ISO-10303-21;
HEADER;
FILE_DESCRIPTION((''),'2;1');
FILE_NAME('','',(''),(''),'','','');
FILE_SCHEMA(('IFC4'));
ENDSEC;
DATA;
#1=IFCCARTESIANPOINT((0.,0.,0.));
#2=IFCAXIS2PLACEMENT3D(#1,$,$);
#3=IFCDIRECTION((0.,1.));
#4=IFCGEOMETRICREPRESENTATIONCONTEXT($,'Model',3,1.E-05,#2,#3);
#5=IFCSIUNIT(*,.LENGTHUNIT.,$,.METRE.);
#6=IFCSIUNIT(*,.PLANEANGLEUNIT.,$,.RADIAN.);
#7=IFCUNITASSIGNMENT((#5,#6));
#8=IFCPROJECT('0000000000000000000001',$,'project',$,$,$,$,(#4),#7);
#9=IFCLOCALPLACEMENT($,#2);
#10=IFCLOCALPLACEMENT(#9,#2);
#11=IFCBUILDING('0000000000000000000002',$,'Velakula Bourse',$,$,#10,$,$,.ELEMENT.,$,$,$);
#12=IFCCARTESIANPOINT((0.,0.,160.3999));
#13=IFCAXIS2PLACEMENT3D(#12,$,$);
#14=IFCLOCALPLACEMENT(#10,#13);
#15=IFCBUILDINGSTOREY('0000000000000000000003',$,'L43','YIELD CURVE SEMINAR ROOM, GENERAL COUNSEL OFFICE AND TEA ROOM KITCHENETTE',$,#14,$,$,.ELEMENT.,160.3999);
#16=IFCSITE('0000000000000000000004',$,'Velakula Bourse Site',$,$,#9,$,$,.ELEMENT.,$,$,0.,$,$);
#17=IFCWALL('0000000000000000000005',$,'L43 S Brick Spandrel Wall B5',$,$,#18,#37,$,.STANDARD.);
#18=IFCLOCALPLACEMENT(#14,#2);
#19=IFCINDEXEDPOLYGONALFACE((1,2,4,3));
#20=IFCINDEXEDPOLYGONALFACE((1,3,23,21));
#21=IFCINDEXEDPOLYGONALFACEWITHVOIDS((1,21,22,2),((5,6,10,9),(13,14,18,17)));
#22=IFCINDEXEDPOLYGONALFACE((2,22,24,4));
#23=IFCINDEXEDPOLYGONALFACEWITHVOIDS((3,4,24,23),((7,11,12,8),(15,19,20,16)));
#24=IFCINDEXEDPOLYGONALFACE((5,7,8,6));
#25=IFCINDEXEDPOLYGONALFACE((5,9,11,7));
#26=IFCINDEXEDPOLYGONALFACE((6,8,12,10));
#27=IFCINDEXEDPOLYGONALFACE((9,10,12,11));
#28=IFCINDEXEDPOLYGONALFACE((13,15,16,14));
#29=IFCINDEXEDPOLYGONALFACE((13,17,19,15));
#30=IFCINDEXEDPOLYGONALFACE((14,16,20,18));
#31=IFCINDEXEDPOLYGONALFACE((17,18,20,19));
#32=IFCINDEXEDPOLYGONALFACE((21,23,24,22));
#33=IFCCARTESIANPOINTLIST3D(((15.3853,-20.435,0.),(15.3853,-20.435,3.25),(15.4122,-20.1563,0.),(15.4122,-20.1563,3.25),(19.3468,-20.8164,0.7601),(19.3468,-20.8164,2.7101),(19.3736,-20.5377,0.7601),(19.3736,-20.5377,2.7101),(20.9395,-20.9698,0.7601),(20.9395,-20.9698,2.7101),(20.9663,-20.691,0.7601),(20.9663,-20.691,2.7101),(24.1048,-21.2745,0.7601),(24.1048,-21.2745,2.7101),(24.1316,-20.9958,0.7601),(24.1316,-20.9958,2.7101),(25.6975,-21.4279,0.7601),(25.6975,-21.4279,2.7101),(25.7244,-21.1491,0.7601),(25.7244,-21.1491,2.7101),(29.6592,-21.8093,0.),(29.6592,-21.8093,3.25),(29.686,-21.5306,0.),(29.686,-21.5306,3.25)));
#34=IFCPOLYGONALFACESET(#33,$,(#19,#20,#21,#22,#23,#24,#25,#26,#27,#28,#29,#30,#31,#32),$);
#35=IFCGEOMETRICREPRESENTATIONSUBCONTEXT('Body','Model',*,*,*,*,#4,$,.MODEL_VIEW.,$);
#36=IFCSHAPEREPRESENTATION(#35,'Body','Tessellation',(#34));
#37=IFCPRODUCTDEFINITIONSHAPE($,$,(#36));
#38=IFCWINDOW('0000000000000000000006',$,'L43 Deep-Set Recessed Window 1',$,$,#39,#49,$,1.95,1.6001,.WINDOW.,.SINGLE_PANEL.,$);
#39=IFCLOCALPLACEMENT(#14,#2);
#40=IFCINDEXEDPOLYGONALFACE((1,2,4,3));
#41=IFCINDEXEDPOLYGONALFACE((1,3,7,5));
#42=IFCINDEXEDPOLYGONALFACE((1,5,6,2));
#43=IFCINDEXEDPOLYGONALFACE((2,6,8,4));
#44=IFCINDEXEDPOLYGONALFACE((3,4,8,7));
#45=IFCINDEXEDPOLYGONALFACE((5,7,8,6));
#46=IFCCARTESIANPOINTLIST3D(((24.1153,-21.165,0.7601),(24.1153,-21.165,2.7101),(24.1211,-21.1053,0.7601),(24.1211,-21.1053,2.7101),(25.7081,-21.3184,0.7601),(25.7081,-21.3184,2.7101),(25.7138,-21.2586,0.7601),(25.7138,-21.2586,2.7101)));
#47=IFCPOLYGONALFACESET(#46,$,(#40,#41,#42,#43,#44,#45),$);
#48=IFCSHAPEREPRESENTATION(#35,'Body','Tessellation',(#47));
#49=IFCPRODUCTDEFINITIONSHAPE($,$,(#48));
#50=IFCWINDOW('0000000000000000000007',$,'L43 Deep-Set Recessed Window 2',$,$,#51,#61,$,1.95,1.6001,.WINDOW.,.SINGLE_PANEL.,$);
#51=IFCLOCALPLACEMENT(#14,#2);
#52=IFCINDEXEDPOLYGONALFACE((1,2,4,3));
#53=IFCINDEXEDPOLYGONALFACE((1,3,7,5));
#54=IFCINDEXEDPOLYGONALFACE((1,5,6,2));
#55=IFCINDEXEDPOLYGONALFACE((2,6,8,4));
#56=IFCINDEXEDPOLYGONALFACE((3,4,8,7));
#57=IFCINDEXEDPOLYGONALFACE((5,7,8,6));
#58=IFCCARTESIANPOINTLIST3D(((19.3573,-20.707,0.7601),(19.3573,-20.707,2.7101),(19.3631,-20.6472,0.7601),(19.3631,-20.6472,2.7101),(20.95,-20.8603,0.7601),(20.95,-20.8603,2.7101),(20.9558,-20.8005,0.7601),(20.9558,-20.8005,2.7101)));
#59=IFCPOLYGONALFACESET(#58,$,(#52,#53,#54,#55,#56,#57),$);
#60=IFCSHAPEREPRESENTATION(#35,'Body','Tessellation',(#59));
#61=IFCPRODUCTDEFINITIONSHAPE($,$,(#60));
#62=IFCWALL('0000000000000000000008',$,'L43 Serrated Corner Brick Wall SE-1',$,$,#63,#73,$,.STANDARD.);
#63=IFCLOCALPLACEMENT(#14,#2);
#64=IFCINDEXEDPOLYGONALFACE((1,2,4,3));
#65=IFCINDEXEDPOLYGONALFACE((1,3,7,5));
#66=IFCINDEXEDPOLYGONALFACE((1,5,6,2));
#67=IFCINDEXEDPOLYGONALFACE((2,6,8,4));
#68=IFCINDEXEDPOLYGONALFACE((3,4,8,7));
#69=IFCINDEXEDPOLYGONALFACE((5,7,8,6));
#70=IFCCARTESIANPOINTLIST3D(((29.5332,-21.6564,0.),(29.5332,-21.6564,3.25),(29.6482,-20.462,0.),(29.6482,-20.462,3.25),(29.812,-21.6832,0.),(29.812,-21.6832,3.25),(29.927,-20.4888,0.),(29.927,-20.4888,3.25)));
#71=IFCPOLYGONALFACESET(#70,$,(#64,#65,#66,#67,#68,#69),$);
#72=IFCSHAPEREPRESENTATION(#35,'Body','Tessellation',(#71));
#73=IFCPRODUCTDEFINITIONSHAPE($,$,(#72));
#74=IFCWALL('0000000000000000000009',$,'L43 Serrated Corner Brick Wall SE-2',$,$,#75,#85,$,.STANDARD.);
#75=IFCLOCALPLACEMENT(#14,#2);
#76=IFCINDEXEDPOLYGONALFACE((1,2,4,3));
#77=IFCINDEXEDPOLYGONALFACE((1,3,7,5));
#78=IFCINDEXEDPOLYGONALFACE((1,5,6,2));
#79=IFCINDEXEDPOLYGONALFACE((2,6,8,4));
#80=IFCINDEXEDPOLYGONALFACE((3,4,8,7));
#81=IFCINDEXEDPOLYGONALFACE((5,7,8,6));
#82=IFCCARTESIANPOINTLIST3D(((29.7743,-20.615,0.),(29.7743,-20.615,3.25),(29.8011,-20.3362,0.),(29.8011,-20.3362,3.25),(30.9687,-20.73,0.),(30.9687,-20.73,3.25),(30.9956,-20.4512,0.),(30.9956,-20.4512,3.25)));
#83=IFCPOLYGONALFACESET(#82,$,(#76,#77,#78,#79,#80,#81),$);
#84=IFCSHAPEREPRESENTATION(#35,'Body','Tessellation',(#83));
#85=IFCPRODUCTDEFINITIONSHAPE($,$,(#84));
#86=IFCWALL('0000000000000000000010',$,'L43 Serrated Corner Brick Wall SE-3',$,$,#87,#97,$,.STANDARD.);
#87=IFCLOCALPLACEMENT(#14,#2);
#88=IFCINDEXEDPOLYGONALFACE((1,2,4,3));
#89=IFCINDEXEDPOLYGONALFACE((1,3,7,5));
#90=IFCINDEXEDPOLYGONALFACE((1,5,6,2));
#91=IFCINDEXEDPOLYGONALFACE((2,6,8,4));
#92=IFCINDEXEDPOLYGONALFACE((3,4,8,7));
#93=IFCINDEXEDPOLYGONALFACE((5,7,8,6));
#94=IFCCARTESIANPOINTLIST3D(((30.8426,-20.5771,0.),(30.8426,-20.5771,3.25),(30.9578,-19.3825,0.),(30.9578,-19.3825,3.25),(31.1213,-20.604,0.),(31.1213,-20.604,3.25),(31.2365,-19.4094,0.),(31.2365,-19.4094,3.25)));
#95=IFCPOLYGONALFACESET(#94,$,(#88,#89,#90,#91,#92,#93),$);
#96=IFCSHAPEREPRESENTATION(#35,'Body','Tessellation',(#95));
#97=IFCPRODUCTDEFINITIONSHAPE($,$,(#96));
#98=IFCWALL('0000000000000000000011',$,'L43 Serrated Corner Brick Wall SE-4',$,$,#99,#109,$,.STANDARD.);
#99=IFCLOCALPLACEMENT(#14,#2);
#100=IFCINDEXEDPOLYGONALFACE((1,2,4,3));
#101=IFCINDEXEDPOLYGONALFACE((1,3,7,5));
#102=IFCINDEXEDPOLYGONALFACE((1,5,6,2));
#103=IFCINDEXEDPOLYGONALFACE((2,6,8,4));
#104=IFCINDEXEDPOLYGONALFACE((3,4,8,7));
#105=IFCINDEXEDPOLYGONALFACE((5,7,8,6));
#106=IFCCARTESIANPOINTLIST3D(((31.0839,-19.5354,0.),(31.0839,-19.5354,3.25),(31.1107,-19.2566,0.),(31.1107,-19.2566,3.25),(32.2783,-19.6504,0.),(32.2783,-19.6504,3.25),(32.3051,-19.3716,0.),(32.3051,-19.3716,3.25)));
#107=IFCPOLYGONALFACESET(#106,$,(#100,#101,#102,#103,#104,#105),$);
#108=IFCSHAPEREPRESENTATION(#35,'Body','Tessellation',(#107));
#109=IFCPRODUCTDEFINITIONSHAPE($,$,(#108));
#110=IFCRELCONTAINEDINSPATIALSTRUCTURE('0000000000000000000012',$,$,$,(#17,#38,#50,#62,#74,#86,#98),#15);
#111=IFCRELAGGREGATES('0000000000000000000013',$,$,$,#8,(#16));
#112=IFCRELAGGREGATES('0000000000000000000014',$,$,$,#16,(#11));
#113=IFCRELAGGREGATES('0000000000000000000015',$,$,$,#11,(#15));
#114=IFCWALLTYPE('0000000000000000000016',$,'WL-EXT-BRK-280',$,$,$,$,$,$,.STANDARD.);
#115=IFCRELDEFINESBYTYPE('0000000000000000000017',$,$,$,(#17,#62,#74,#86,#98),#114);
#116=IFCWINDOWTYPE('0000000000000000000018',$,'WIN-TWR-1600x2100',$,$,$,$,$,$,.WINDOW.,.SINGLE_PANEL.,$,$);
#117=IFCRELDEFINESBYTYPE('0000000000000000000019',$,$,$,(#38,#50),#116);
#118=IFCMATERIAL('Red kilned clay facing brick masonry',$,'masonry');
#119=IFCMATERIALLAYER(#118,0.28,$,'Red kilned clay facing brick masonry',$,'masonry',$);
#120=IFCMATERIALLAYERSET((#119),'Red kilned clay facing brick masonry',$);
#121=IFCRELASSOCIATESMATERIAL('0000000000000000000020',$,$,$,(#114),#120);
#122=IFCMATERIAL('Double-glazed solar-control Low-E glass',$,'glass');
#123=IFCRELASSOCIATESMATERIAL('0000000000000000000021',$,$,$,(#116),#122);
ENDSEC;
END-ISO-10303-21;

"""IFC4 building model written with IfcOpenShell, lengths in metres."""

from ifc_helpers import new_model, si_unit, direction, frame, frame_2d, origin, place, context, subcontext, project, spatial, rectangle, extrude, material, layer, layer_set, type_object, element, fill, save


model = new_model("IFC4")

# Units and contexts
model_context = context("Model", 3, precision=1e-05, world=origin(), true_north=direction((0.0, 1.0)))
body_context = subcontext(model_context, "Body", "Model", "MODEL_VIEW")
ifc_project = project(units=[si_unit("LENGTHUNIT", "METRE"), si_unit("PLANEANGLEUNIT", "RADIAN")], contexts=[model_context])

# Site, building, storey
site_placement = place(None, origin())
site = spatial("IfcSite", under=ifc_project, at=site_placement, Name="Velakula Bourse Site", CompositionType="ELEMENT", RefElevation=0.0)
building_placement = place(site_placement, origin())
building = spatial("IfcBuilding", under=site, at=building_placement, Name="Velakula Bourse", CompositionType="ELEMENT")
storey_placement = place(building_placement, frame((0.0, 0.0, 160.3999)))
storey = spatial("IfcBuildingStorey", under=building, at=storey_placement, Name="L43", Description="YIELD CURVE SEMINAR ROOM, GENERAL COUNSEL OFFICE AND TEA ROOM KITCHENETTE", CompositionType="ELEMENT", Elevation=160.3999)

# Wall, openings, windows
ifc_material_1 = material(Name="Red kilned clay facing brick masonry", Category="masonry")
ifc_layer = layer(ifc_material_1, 0.28, Name="Red kilned clay facing brick masonry", Category="masonry")
ifc_layer_set = layer_set([ifc_layer], Name="Red kilned clay facing brick masonry")
wall_type = type_object("IfcWallType", Name="WL-EXT-BRK-280", PredefinedType="STANDARD", material=ifc_layer_set)
wall_1_placement = place(storey_placement, frame((29.6726, -21.6699, 0.0), z_axis=(0.0, 0.0, 1.0), x_axis=(-0.995397, 0.095835, 0.0)))
wall_1 = element("IfcWall", 1, at=wall_1_placement, inside=storey, type_object=wall_type, Name="L43 S Brick Spandrel Wall B5", PredefinedType="STANDARD", context=body_context, shape_type="SweptSolid", body=[
    extrude(rectangle(XDim=14.3398, YDim=0.28, at=frame_2d((7.1699, 0.0))), origin(), (0.0, 0.0, 1.0), 3.25),
])
opening_1_placement = place(wall_1_placement, frame((3.98, 0.0, 0.76)))
opening_1 = element("IfcOpeningElement", 2, at=opening_1_placement, cuts=wall_1, PredefinedType="OPENING", context=body_context, shape_type="SweptSolid", body=[
    extrude(rectangle(XDim=1.6001, YDim=1.95, at=frame_2d((0.8, 0.9751))), frame((0.0, 0.1499, 0.0), z_axis=(0.0, -1.0, 0.0), x_axis=(1.0, 0.0, 0.0)), (0.0, 0.0, 1.0), 0.3),
])
opening_2_placement = place(wall_1_placement, frame((8.76, 0.0, 0.76)))
opening_2 = element("IfcOpeningElement", 3, at=opening_2_placement, cuts=wall_1, PredefinedType="OPENING", context=body_context, shape_type="SweptSolid", body=[
    extrude(rectangle(XDim=1.6001, YDim=1.95, at=frame_2d((0.8, 0.9751))), frame((0.0, 0.1499, 0.0), z_axis=(0.0, -1.0, 0.0), x_axis=(1.0, 0.0, 0.0)), (0.0, 0.0, 1.0), 0.3),
])
ifc_material_2 = material(Name="Double-glazed solar-control Low-E glass", Category="glass")
window_type = type_object("IfcWindowType", Name="WIN-TWR-1600x2100", PartitioningType="SINGLE_PANEL", PredefinedType="WINDOW", material=ifc_material_2)
window_1_placement = place(opening_1_placement, origin())
window_1 = element("IfcWindow", 4, at=window_1_placement, inside=storey, type_object=window_type, Name="L43 Deep-Set Recessed Window 1", OverallHeight=1.95, OverallWidth=1.6001, PartitioningType="SINGLE_PANEL", PredefinedType="WINDOW", context=body_context, shape_type="SweptSolid", body=[
    extrude(rectangle(XDim=1.6001, YDim=1.95, at=frame_2d((0.8, 0.9751))), frame((0.0, 0.03, 0.0), z_axis=(0.0, -1.0, 0.0), x_axis=(1.0, 0.0, 0.0)), (0.0, 0.0, 1.0), 0.0601),
])
fill(opening_1, window_1)
window_2_placement = place(opening_2_placement, origin())
window_2 = element("IfcWindow", 5, at=window_2_placement, inside=storey, type_object=window_type, Name="L43 Deep-Set Recessed Window 2", OverallHeight=1.95, OverallWidth=1.6001, PartitioningType="SINGLE_PANEL", PredefinedType="WINDOW", context=body_context, shape_type="SweptSolid", body=[
    extrude(rectangle(XDim=1.6001, YDim=1.95, at=frame_2d((0.8, 0.9751))), frame((0.0, 0.03, 0.0), z_axis=(0.0, -1.0, 0.0), x_axis=(1.0, 0.0, 0.0)), (0.0, 0.0, 1.0), 0.0601),
])
fill(opening_2, window_2)

# Walls
for number, where, z_axis, x_axis, name in (
    (6, (29.6726, -21.6699, 0.0), (0.0, 0.0, 1.0), (0.095836, 0.995397, 0.0), "L43 Serrated Corner Brick Wall SE-1"),
    (7, (29.7876, -20.4756, 0.0), (0.0, 0.0, 1.0), (0.995397, -0.095836, 0.0), "L43 Serrated Corner Brick Wall SE-2"),
):
    element("IfcWall", number, at=place(storey_placement, frame(where, z_axis=z_axis, x_axis=x_axis)), inside=storey, type_object=wall_type, Name=name, PredefinedType="STANDARD", context=body_context, shape_type="SweptSolid", body=[
        extrude(rectangle(XDim=1.2, YDim=0.28, at=frame_2d((0.6001, 0.0))), origin(), (0.0, 0.0, 1.0), 3.25),
    ])
wall_2_placement = place(storey_placement, frame((30.9819, -20.5906, 0.0), z_axis=(0.0, 0.0, 1.0), x_axis=(0.096019, 0.99538, 0.0)))
element("IfcWall", 8, at=wall_2_placement, inside=storey, type_object=wall_type, Name="L43 Serrated Corner Brick Wall SE-3", PredefinedType="STANDARD", context=body_context, shape_type="SweptSolid", body=[
    extrude(rectangle(XDim=1.2002, YDim=0.28, at=frame_2d((0.6001, 0.0))), origin(), (0.0, 0.0, 1.0), 3.25),
])
wall_3_placement = place(storey_placement, frame((31.0972, -19.396, 0.0), z_axis=(0.0, 0.0, 1.0), x_axis=(0.995397, -0.095836, 0.0)))
element("IfcWall", 9, at=wall_3_placement, inside=storey, type_object=wall_type, Name="L43 Serrated Corner Brick Wall SE-4", PredefinedType="STANDARD", context=body_context, shape_type="SweptSolid", body=[
    extrude(rectangle(XDim=1.2, YDim=0.28, at=frame_2d((0.6001, 0.0))), origin(), (0.0, 0.0, 1.0), 3.25),
])

save(model, "model.ifc")
